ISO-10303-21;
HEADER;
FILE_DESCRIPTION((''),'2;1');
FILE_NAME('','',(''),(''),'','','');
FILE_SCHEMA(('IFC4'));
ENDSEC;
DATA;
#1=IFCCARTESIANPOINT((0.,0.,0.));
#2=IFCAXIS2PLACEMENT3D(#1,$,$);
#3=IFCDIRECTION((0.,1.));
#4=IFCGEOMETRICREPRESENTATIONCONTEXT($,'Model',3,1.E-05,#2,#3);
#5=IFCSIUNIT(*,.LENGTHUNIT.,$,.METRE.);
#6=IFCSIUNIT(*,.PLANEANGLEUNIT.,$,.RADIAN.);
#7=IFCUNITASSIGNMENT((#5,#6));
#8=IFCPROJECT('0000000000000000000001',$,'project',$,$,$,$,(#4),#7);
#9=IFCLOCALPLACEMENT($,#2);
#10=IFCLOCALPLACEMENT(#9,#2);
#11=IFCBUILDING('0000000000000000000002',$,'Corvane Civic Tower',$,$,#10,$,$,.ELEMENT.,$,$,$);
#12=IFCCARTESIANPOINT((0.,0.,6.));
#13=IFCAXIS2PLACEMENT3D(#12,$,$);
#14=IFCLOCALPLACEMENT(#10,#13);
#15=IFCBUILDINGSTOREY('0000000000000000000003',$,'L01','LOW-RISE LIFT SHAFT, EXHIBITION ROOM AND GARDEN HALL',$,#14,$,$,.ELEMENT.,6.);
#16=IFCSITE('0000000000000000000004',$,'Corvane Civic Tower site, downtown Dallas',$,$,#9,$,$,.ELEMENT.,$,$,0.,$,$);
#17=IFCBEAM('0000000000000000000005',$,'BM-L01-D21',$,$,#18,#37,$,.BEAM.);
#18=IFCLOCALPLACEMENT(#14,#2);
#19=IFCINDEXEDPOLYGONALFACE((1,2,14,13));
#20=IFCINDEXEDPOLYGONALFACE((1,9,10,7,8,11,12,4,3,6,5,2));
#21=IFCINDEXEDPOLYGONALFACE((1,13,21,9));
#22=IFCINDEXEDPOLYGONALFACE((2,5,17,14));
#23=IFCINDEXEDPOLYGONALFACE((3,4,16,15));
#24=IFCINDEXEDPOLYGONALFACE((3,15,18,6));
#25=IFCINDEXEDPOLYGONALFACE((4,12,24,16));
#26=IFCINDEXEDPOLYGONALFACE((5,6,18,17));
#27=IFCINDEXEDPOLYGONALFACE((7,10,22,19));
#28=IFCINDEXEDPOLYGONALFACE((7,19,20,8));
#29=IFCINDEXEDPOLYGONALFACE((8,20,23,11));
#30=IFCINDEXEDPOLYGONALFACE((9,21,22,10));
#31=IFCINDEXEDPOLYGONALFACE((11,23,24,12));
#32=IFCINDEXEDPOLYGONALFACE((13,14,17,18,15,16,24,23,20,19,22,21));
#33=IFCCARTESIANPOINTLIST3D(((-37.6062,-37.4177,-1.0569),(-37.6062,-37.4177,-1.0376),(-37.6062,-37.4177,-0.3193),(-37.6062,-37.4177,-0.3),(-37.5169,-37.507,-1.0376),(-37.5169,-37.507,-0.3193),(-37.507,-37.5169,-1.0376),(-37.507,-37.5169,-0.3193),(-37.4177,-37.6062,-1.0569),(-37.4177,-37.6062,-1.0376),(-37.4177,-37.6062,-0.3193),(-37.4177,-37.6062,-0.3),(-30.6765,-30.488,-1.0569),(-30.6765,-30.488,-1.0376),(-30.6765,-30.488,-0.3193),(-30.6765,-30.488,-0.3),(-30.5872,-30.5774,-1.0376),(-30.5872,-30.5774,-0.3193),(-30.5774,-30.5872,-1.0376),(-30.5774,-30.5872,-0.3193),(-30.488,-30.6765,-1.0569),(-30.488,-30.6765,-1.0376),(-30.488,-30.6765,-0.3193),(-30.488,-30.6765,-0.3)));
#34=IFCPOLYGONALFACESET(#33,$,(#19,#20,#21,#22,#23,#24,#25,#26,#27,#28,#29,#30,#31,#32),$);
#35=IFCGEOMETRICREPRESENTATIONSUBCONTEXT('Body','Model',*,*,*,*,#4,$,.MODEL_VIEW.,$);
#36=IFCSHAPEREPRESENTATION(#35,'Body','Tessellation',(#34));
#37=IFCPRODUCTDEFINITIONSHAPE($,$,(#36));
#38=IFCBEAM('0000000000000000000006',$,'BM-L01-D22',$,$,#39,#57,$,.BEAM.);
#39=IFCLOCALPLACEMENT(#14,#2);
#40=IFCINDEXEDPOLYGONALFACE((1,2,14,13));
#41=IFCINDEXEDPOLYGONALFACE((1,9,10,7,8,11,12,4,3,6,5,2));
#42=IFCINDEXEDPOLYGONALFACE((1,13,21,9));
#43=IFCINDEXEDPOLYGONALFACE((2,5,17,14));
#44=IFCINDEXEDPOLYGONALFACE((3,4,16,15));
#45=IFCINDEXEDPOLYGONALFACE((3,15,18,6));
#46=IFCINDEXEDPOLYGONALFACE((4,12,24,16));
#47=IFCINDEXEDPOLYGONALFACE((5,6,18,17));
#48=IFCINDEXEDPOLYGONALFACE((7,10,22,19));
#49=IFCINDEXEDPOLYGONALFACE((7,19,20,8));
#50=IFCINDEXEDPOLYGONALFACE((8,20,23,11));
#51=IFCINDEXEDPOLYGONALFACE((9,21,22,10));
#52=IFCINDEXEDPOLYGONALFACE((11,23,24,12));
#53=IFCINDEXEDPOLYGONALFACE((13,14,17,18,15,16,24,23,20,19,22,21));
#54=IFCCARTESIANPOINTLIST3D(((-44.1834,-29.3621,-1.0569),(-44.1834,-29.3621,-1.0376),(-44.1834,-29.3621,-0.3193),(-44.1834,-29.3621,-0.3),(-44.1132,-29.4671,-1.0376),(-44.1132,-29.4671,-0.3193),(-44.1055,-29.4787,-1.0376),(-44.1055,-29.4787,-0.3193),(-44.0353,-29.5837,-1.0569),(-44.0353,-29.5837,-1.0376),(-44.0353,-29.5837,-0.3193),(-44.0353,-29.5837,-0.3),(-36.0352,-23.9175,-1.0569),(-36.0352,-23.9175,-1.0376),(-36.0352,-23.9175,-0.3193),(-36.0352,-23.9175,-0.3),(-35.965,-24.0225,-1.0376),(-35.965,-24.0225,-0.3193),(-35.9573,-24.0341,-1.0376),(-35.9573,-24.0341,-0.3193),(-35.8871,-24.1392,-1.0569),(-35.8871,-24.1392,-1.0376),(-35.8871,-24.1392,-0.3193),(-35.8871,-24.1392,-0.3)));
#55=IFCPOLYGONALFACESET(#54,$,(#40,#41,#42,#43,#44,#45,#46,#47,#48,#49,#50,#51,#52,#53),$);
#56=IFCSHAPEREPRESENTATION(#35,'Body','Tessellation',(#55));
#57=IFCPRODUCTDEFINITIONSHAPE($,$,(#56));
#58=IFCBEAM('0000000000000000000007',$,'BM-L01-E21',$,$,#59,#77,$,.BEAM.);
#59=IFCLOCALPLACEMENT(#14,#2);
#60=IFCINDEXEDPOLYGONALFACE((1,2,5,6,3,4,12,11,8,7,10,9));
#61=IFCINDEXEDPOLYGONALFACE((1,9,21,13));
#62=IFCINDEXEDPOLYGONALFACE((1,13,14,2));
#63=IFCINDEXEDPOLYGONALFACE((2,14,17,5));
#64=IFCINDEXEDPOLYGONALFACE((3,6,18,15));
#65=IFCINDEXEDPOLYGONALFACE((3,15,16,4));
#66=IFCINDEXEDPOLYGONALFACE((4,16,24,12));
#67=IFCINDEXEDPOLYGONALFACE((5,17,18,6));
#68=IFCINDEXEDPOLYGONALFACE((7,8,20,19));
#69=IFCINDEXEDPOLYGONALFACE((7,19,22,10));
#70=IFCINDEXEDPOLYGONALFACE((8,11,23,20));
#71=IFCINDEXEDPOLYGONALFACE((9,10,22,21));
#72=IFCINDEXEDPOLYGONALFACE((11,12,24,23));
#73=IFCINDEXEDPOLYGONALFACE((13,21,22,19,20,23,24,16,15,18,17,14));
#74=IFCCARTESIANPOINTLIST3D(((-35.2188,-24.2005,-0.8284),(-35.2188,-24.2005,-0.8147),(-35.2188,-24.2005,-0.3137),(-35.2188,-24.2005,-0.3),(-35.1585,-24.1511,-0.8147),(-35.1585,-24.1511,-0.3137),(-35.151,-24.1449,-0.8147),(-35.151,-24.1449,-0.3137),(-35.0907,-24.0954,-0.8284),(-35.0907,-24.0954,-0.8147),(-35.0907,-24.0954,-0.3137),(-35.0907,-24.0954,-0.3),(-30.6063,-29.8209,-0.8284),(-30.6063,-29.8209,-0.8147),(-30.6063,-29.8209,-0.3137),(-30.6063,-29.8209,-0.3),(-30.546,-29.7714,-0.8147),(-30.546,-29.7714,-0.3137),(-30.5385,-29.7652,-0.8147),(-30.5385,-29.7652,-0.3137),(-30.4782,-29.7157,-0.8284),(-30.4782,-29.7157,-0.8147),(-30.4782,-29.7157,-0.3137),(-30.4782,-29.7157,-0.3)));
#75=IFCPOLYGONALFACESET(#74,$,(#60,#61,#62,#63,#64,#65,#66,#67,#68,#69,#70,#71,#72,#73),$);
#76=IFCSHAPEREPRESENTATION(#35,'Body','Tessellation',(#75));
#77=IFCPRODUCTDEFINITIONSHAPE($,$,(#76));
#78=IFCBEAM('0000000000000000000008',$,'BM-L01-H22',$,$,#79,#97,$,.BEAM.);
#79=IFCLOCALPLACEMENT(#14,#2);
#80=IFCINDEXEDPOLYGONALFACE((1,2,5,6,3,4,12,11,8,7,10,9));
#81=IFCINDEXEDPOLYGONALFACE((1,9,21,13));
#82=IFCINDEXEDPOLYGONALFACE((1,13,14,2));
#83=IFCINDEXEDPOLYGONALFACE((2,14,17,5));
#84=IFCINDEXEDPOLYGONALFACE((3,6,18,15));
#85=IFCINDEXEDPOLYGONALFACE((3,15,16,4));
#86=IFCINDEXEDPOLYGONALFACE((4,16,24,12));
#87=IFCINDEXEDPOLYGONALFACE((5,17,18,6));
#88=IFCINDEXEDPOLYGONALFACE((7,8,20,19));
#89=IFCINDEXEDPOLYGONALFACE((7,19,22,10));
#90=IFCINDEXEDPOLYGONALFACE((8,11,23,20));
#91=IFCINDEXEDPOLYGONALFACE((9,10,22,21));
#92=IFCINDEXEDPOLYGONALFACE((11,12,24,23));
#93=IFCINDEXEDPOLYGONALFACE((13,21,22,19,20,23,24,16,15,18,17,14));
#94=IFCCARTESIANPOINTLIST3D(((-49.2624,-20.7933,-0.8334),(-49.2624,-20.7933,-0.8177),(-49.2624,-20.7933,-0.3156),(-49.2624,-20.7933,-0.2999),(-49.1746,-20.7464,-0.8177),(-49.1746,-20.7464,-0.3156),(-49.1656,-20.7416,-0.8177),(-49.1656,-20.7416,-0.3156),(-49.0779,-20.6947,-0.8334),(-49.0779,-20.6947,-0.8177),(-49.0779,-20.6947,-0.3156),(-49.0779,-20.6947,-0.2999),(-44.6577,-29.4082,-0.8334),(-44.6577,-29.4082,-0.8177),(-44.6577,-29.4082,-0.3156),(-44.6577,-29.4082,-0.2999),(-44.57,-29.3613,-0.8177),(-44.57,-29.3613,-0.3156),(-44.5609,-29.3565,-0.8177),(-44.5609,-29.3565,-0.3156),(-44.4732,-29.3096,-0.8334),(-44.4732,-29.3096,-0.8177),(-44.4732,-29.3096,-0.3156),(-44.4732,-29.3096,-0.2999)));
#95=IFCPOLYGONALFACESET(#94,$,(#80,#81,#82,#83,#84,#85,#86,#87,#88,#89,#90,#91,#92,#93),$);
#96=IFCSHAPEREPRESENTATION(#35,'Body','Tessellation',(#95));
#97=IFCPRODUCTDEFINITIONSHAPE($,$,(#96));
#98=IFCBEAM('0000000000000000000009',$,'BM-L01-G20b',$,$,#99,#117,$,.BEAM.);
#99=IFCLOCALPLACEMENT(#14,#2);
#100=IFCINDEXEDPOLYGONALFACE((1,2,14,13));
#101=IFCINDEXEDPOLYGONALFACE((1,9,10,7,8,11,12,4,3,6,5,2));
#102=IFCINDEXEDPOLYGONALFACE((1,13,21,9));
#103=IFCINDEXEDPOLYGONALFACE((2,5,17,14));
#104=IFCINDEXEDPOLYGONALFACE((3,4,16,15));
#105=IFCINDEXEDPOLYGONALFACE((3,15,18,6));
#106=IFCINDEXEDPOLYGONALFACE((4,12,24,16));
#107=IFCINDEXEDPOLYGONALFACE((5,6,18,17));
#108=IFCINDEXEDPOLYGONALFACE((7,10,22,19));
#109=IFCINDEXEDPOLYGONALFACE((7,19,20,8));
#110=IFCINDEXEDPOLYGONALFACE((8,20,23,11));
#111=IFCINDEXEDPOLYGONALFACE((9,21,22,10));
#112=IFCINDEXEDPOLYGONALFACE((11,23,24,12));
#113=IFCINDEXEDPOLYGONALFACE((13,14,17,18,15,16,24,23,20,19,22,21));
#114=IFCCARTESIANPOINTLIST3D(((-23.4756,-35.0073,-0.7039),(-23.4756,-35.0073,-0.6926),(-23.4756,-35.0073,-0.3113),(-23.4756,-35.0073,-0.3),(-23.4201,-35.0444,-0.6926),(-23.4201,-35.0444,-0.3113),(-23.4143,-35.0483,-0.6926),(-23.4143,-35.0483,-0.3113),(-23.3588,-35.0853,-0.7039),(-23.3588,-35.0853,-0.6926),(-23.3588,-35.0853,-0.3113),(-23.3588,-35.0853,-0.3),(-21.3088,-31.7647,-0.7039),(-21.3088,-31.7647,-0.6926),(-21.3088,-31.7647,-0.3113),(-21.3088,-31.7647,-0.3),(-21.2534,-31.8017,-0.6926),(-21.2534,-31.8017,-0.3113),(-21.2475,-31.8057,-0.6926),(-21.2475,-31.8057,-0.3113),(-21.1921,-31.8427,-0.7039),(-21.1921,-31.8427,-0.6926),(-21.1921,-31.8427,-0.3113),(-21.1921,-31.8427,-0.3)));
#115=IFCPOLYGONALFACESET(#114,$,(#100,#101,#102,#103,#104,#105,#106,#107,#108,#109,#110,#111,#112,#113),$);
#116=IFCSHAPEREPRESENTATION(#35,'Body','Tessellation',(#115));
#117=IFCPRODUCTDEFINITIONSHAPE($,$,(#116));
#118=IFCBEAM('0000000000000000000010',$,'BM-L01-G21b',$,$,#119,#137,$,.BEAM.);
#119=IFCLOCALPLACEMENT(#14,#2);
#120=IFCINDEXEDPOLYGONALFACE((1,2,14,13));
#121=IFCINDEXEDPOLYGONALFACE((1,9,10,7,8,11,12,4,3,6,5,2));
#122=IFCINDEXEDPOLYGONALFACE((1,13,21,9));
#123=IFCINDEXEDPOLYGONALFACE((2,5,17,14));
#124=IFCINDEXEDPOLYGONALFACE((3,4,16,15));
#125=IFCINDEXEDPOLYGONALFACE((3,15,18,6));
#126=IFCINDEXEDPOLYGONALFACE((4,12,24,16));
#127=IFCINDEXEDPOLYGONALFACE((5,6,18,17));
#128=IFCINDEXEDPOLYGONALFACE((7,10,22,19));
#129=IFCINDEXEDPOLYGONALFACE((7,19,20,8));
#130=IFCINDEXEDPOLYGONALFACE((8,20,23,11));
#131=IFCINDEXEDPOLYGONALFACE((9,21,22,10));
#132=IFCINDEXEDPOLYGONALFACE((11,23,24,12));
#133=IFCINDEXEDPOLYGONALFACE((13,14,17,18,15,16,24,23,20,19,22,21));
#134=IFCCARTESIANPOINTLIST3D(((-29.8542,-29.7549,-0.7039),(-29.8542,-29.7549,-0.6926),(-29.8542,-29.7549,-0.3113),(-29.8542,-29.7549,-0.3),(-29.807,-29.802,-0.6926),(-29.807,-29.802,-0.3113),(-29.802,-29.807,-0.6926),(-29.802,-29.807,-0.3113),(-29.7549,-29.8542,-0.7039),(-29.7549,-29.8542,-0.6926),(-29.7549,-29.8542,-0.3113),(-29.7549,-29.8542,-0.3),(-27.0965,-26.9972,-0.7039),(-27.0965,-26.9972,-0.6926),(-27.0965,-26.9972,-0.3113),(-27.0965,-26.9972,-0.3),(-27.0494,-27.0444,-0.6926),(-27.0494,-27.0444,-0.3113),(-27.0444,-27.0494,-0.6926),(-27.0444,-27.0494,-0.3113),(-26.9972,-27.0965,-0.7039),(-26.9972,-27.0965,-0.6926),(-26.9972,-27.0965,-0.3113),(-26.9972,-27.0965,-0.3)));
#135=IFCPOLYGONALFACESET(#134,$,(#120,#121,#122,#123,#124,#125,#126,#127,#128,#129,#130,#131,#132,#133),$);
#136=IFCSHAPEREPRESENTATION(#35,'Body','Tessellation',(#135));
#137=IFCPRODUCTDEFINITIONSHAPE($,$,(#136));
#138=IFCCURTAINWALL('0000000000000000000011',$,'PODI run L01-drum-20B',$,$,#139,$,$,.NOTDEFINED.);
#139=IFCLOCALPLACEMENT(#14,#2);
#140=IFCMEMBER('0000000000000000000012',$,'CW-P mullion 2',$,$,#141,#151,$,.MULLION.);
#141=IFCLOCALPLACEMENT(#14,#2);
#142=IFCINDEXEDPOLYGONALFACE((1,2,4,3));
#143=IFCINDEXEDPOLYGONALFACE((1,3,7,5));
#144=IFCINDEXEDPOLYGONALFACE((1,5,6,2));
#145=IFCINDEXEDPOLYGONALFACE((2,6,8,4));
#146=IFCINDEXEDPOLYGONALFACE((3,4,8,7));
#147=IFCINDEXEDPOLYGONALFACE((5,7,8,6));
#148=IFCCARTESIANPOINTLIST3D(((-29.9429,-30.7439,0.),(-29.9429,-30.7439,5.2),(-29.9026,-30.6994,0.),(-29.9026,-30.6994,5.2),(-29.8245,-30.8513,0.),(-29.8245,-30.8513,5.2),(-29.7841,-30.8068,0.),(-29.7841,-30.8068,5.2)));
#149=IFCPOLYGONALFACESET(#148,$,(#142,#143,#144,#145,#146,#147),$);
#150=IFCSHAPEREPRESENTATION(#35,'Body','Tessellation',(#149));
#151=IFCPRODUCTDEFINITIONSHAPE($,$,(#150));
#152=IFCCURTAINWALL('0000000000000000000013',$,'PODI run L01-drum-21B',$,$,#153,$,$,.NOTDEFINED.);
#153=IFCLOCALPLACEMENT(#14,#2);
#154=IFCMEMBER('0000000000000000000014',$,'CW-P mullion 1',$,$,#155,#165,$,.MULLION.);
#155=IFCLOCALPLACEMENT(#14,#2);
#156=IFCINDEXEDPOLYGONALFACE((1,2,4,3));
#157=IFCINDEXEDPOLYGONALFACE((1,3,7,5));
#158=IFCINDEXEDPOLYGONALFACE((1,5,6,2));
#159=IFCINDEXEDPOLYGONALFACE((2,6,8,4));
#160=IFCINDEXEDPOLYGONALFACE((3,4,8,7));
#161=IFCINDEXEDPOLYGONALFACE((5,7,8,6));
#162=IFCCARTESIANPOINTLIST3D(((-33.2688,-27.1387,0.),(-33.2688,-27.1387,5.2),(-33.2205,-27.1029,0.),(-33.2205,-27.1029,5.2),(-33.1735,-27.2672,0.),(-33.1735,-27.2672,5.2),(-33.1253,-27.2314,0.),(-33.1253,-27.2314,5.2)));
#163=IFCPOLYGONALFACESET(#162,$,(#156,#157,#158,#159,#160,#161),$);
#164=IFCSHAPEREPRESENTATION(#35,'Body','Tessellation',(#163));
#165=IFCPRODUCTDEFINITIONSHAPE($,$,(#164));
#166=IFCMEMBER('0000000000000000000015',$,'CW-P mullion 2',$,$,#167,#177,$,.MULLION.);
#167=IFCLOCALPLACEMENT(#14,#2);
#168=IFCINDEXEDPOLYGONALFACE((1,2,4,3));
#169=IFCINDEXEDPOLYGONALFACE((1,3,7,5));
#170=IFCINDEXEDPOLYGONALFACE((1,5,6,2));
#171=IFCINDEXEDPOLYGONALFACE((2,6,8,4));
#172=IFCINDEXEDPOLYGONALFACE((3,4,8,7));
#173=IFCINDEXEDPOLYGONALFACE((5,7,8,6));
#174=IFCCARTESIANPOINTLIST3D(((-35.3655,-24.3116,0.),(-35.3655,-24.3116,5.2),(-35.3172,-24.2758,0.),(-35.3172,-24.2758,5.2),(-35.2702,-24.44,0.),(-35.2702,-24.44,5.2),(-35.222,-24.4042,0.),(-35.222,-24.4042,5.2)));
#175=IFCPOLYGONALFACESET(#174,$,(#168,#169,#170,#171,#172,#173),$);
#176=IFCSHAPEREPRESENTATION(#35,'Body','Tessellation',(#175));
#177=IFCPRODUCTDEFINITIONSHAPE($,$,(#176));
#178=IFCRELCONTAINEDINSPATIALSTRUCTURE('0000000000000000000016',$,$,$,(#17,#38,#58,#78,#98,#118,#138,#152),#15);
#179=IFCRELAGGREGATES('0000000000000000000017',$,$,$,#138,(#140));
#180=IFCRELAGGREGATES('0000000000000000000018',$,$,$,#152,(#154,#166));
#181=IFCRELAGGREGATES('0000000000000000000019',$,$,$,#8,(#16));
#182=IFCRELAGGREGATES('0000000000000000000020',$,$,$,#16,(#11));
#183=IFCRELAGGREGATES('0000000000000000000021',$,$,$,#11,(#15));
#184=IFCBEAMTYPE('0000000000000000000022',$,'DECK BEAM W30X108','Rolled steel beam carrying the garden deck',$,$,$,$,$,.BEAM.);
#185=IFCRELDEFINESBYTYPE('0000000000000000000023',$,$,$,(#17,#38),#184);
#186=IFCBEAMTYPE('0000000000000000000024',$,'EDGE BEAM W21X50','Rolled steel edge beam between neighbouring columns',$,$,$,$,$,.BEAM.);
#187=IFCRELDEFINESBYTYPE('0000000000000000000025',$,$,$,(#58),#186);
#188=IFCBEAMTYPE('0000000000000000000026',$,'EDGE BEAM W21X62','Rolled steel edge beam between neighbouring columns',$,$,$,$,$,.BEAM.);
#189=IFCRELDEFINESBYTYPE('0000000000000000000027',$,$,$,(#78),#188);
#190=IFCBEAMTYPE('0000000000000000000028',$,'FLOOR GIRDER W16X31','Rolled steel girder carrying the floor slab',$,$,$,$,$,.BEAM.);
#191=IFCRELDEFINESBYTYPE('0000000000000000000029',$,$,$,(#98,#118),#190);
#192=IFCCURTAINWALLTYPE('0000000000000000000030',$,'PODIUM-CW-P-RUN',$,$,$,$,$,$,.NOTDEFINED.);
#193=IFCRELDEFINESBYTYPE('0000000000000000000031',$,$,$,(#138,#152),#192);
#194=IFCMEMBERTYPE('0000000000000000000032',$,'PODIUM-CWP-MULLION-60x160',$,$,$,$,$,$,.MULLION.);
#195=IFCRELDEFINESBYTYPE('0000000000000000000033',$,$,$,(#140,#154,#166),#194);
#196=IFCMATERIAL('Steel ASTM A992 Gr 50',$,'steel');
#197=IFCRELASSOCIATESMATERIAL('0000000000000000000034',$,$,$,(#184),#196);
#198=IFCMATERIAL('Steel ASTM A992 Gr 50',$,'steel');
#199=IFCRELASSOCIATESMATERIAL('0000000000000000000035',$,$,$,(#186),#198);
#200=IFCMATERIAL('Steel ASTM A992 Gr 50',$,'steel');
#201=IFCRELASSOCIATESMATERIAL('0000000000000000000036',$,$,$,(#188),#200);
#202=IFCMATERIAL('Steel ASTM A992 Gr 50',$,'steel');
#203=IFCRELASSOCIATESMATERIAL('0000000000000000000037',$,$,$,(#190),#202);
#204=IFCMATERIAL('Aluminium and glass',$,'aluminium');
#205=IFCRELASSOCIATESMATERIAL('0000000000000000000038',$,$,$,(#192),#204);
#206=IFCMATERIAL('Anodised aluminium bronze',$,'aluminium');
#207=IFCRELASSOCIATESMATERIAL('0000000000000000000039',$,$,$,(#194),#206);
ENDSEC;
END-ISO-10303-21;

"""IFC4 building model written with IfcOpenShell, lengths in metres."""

from ifc_helpers import new_model, si_unit, direction, frame, origin, origin_2d, place, context, subcontext, project, spatial, rectangle, i_section, extrude, material, material_profile, profile_set, type_object, element, aggregate, save


model = new_model("IFC4")

# Units and contexts
model_context = context("Model", 3, precision=1e-05, world=origin(), true_north=direction((0.0, 1.0)))
body_context = subcontext(model_context, "Body", "Model", "MODEL_VIEW")
ifc_project = project(units=[si_unit("LENGTHUNIT", "METRE"), si_unit("PLANEANGLEUNIT", "RADIAN")], contexts=[model_context])

# Site, building, storey
site_placement = place(None, origin())
site = spatial("IfcSite", under=ifc_project, at=site_placement, Name="Corvane Civic Tower site, downtown Dallas", CompositionType="ELEMENT", RefElevation=0.0)
building_placement = place(site_placement, origin())
building = spatial("IfcBuilding", under=site, at=building_placement, Name="Corvane Civic Tower", CompositionType="ELEMENT")
storey_placement = place(building_placement, frame((0.0, 0.0, 6.0)))
storey = spatial("IfcBuildingStorey", under=building, at=storey_placement, Name="L01", Description="LOW-RISE LIFT SHAFT, EXHIBITION ROOM AND GARDEN HALL", CompositionType="ELEMENT", Elevation=6.0)

# Beams
ifc_material_1 = material(Name="Steel ASTM A992 Gr 50", Category="steel")
ifc_material_profile_1 = material_profile(ifc_material_1, i_section(OverallWidth=0.2666, OverallDepth=0.7568, WebThickness=0.0139, FlangeThickness=0.0193, at=origin_2d()), Name="W30X108")
ifc_profile_set_1 = profile_set([ifc_material_profile_1], Name="Steel ASTM A992 Gr 50")
beam_type_1 = type_object("IfcBeamType", Name="DECK BEAM W30X108", Description="Rolled steel beam carrying the garden deck", PredefinedType="BEAM", material=ifc_profile_set_1)
beam_1_placement = place(storey_placement, frame((-30.5823, -30.5823, -0.6785), z_axis=(-0.707107, -0.707107, 0.0), x_axis=(0.707107, -0.707107, 0.0)))
element("IfcBeam", 1, at=beam_1_placement, inside=storey, type_object=beam_type_1, Name="BM-L01-D21", PredefinedType="BEAM", context=body_context, shape_type="SweptSolid", body=[
    extrude(i_section(OverallWidth=0.2666, OverallDepth=0.7568, WebThickness=0.0139, FlangeThickness=0.0193, at=origin_2d()), origin(), (0.0, 0.0, 1.0), 9.8),
])
beam_2_placement = place(storey_placement, frame((-35.9612, -24.0283, -0.6785), z_axis=(-0.831463, -0.555579, 0.0), x_axis=(0.555579, -0.831463, 0.0)))
element("IfcBeam", 2, at=beam_2_placement, inside=storey, type_object=beam_type_1, Name="BM-L01-D22", PredefinedType="BEAM", context=body_context, shape_type="SweptSolid", body=[
    extrude(i_section(OverallWidth=0.2666, OverallDepth=0.7568, WebThickness=0.0139, FlangeThickness=0.0193, at=origin_2d()), origin(), (0.0, 0.0, 1.0), 9.7998),
])
ifc_material_2 = material(Name="Steel ASTM A992 Gr 50", Category="steel")
ifc_material_profile_2 = material_profile(ifc_material_2, i_section(OverallWidth=0.1658, OverallDepth=0.5283, WebThickness=0.0098, FlangeThickness=0.0137, at=origin_2d()), Name="W21X50")
ifc_profile_set_2 = profile_set([ifc_material_profile_2], Name="Steel ASTM A992 Gr 50")
beam_type_2 = type_object("IfcBeamType", Name="EDGE BEAM W21X50", Description="Rolled steel edge beam between neighbouring columns", PredefinedType="BEAM", material=ifc_profile_set_2)
beam_3_placement = place(storey_placement, frame((-30.5422, -29.7683, -0.5642), z_axis=(-0.634396, 0.773008, 0.0), x_axis=(-0.773008, -0.634396, 0.0)))
element("IfcBeam", 3, at=beam_3_placement, inside=storey, type_object=beam_type_2, Name="BM-L01-E21", PredefinedType="BEAM", context=body_context, shape_type="SweptSolid", body=[
    extrude(i_section(OverallWidth=0.1658, OverallDepth=0.5283, WebThickness=0.0098, FlangeThickness=0.0137, at=origin_2d()), origin(), (0.0, 0.0, 1.0), 7.2708),
])
ifc_material_3 = material(Name="Steel ASTM A992 Gr 50", Category="steel")
ifc_material_profile_3 = material_profile(ifc_material_3, i_section(OverallWidth=0.2092, OverallDepth=0.5334, WebThickness=0.0103, FlangeThickness=0.0156, at=origin_2d()), Name="W21X62")
ifc_profile_set_3 = profile_set([ifc_material_profile_3], Name="Steel ASTM A992 Gr 50")
beam_type_3 = type_object("IfcBeamType", Name="EDGE BEAM W21X62", Description="Rolled steel edge beam between neighbouring columns", PredefinedType="BEAM", material=ifc_profile_set_3)
beam_4_placement = place(storey_placement, frame((-44.5654, -29.3589, -0.5667), z_axis=(-0.471391, 0.881924, 0.0), x_axis=(-0.881924, -0.471391, 0.0)))
element("IfcBeam", 4, at=beam_4_placement, inside=storey, type_object=beam_type_3, Name="BM-L01-H22", PredefinedType="BEAM", context=body_context, shape_type="SweptSolid", body=[
    extrude(i_section(OverallWidth=0.2092, OverallDepth=0.5334, WebThickness=0.0103, FlangeThickness=0.0156, at=origin_2d()), origin(), (0.0, 0.0, 1.0), 9.7683),
])
ifc_material_4 = material(Name="Steel ASTM A992 Gr 50", Category="steel")
ifc_material_profile_4 = material_profile(ifc_material_4, i_section(OverallWidth=0.1404, OverallDepth=0.4038, WebThickness=0.0071, FlangeThickness=0.0112, at=origin_2d()), Name="W16X31")
ifc_profile_set_4 = profile_set([ifc_material_profile_4], Name="Steel ASTM A992 Gr 50")
beam_type_4 = type_object("IfcBeamType", Name="FLOOR GIRDER W16X31", Description="Rolled steel girder carrying the floor slab", PredefinedType="BEAM", material=ifc_profile_set_4)
for number, where, z_axis, x_axis, name in (
    (5, (-21.2505, -31.8037, -0.502), (-0.555581, -0.831462, 0.0), (0.831462, -0.555581, 0.0), "BM-L01-G20b"),
    (6, (-27.0469, -27.0469, -0.502), (-0.707107, -0.707107, 0.0), (0.707107, -0.707107, 0.0), "BM-L01-G21b"),
):
    element("IfcBeam", number, at=place(storey_placement, frame(where, z_axis=z_axis, x_axis=x_axis)), inside=storey, type_object=beam_type_4, Name=name, PredefinedType="BEAM", context=body_context, shape_type="SweptSolid", body=[
        extrude(i_section(OverallWidth=0.1404, OverallDepth=0.4038, WebThickness=0.0071, FlangeThickness=0.0112, at=origin_2d()), origin(), (0.0, 0.0, 1.0), 3.8999),
    ])

# Curtain wall, member
ifc_material_5 = material(Name="Aluminium and glass", Category="aluminium")
curtain_wall_type = type_object("IfcCurtainWallType", Name="PODIUM-CW-P-RUN", PredefinedType="NOTDEFINED", material=ifc_material_5)
curtain_wall_1_placement = place(storey_placement, origin())
curtain_wall_1 = element("IfcCurtainWall", 7, at=curtain_wall_1_placement, inside=storey, type_object=curtain_wall_type, Name="PODI run L01-drum-20B", PredefinedType="NOTDEFINED")
ifc_material_6 = material(Name="Anodised aluminium bronze", Category="aluminium")
ifc_material_profile_5 = material_profile(ifc_material_6, rectangle(XDim=0.0601, YDim=0.1599, at=origin_2d()), Name="AL 60x160")
ifc_profile_set_5 = profile_set([ifc_material_profile_5], Name="Anodised aluminium bronze")
member_type_1 = type_object("IfcMemberType", Name="PODIUM-CWP-MULLION-60x160", PredefinedType="MULLION", material=ifc_profile_set_5)
member_1_placement = place(storey_placement, frame((-29.8635, -30.7754, 0.0), z_axis=(0.0, 0.0, 1.0), x_axis=(-0.671576, -0.740935, 0.0)))
member_1 = element("IfcMember", 8, at=member_1_placement, type_object=member_type_1, Name="CW-P mullion 2", PredefinedType="MULLION", context=body_context, shape_type="SweptSolid", body=[
    extrude(rectangle(XDim=0.0601, YDim=0.1599, at=origin_2d()), origin(), (0.0, 0.0, 1.0), 5.2),
])

# Curtain wall, members
curtain_wall_2_placement = place(storey_placement, origin())
curtain_wall_2 = element("IfcCurtainWall", 9, at=curtain_wall_2_placement, inside=storey, type_object=curtain_wall_type, Name="PODI run L01-drum-21B", PredefinedType="NOTDEFINED")
member_2_placement = place(storey_placement, frame((-33.197, -27.1851, 0.0), z_axis=(0.0, 0.0, 1.0), x_axis=(-0.803203, -0.595705, 0.0)))
member_2 = element("IfcMember", 10, at=member_2_placement, type_object=member_type_1, Name="CW-P mullion 1", PredefinedType="MULLION", context=body_context, shape_type="SweptSolid", body=[
    extrude(rectangle(XDim=0.0601, YDim=0.1599, at=origin_2d()), origin(), (0.0, 0.0, 1.0), 5.2),
])
member_3_placement = place(storey_placement, frame((-35.2937, -24.3579, 0.0), z_axis=(0.0, 0.0, 1.0), x_axis=(-0.803203, -0.595705, 0.0)))
member_3 = element("IfcMember", 11, at=member_3_placement, type_object=member_type_1, Name="CW-P mullion 2", PredefinedType="MULLION", context=body_context, shape_type="SweptSolid", body=[
    extrude(rectangle(XDim=0.0601, YDim=0.1599, at=origin_2d()), origin(), (0.0, 0.0, 1.0), 5.2),
])

aggregate(curtain_wall_1, [member_1])
aggregate(curtain_wall_2, [member_2, member_3])

save(model, "model.ifc")
